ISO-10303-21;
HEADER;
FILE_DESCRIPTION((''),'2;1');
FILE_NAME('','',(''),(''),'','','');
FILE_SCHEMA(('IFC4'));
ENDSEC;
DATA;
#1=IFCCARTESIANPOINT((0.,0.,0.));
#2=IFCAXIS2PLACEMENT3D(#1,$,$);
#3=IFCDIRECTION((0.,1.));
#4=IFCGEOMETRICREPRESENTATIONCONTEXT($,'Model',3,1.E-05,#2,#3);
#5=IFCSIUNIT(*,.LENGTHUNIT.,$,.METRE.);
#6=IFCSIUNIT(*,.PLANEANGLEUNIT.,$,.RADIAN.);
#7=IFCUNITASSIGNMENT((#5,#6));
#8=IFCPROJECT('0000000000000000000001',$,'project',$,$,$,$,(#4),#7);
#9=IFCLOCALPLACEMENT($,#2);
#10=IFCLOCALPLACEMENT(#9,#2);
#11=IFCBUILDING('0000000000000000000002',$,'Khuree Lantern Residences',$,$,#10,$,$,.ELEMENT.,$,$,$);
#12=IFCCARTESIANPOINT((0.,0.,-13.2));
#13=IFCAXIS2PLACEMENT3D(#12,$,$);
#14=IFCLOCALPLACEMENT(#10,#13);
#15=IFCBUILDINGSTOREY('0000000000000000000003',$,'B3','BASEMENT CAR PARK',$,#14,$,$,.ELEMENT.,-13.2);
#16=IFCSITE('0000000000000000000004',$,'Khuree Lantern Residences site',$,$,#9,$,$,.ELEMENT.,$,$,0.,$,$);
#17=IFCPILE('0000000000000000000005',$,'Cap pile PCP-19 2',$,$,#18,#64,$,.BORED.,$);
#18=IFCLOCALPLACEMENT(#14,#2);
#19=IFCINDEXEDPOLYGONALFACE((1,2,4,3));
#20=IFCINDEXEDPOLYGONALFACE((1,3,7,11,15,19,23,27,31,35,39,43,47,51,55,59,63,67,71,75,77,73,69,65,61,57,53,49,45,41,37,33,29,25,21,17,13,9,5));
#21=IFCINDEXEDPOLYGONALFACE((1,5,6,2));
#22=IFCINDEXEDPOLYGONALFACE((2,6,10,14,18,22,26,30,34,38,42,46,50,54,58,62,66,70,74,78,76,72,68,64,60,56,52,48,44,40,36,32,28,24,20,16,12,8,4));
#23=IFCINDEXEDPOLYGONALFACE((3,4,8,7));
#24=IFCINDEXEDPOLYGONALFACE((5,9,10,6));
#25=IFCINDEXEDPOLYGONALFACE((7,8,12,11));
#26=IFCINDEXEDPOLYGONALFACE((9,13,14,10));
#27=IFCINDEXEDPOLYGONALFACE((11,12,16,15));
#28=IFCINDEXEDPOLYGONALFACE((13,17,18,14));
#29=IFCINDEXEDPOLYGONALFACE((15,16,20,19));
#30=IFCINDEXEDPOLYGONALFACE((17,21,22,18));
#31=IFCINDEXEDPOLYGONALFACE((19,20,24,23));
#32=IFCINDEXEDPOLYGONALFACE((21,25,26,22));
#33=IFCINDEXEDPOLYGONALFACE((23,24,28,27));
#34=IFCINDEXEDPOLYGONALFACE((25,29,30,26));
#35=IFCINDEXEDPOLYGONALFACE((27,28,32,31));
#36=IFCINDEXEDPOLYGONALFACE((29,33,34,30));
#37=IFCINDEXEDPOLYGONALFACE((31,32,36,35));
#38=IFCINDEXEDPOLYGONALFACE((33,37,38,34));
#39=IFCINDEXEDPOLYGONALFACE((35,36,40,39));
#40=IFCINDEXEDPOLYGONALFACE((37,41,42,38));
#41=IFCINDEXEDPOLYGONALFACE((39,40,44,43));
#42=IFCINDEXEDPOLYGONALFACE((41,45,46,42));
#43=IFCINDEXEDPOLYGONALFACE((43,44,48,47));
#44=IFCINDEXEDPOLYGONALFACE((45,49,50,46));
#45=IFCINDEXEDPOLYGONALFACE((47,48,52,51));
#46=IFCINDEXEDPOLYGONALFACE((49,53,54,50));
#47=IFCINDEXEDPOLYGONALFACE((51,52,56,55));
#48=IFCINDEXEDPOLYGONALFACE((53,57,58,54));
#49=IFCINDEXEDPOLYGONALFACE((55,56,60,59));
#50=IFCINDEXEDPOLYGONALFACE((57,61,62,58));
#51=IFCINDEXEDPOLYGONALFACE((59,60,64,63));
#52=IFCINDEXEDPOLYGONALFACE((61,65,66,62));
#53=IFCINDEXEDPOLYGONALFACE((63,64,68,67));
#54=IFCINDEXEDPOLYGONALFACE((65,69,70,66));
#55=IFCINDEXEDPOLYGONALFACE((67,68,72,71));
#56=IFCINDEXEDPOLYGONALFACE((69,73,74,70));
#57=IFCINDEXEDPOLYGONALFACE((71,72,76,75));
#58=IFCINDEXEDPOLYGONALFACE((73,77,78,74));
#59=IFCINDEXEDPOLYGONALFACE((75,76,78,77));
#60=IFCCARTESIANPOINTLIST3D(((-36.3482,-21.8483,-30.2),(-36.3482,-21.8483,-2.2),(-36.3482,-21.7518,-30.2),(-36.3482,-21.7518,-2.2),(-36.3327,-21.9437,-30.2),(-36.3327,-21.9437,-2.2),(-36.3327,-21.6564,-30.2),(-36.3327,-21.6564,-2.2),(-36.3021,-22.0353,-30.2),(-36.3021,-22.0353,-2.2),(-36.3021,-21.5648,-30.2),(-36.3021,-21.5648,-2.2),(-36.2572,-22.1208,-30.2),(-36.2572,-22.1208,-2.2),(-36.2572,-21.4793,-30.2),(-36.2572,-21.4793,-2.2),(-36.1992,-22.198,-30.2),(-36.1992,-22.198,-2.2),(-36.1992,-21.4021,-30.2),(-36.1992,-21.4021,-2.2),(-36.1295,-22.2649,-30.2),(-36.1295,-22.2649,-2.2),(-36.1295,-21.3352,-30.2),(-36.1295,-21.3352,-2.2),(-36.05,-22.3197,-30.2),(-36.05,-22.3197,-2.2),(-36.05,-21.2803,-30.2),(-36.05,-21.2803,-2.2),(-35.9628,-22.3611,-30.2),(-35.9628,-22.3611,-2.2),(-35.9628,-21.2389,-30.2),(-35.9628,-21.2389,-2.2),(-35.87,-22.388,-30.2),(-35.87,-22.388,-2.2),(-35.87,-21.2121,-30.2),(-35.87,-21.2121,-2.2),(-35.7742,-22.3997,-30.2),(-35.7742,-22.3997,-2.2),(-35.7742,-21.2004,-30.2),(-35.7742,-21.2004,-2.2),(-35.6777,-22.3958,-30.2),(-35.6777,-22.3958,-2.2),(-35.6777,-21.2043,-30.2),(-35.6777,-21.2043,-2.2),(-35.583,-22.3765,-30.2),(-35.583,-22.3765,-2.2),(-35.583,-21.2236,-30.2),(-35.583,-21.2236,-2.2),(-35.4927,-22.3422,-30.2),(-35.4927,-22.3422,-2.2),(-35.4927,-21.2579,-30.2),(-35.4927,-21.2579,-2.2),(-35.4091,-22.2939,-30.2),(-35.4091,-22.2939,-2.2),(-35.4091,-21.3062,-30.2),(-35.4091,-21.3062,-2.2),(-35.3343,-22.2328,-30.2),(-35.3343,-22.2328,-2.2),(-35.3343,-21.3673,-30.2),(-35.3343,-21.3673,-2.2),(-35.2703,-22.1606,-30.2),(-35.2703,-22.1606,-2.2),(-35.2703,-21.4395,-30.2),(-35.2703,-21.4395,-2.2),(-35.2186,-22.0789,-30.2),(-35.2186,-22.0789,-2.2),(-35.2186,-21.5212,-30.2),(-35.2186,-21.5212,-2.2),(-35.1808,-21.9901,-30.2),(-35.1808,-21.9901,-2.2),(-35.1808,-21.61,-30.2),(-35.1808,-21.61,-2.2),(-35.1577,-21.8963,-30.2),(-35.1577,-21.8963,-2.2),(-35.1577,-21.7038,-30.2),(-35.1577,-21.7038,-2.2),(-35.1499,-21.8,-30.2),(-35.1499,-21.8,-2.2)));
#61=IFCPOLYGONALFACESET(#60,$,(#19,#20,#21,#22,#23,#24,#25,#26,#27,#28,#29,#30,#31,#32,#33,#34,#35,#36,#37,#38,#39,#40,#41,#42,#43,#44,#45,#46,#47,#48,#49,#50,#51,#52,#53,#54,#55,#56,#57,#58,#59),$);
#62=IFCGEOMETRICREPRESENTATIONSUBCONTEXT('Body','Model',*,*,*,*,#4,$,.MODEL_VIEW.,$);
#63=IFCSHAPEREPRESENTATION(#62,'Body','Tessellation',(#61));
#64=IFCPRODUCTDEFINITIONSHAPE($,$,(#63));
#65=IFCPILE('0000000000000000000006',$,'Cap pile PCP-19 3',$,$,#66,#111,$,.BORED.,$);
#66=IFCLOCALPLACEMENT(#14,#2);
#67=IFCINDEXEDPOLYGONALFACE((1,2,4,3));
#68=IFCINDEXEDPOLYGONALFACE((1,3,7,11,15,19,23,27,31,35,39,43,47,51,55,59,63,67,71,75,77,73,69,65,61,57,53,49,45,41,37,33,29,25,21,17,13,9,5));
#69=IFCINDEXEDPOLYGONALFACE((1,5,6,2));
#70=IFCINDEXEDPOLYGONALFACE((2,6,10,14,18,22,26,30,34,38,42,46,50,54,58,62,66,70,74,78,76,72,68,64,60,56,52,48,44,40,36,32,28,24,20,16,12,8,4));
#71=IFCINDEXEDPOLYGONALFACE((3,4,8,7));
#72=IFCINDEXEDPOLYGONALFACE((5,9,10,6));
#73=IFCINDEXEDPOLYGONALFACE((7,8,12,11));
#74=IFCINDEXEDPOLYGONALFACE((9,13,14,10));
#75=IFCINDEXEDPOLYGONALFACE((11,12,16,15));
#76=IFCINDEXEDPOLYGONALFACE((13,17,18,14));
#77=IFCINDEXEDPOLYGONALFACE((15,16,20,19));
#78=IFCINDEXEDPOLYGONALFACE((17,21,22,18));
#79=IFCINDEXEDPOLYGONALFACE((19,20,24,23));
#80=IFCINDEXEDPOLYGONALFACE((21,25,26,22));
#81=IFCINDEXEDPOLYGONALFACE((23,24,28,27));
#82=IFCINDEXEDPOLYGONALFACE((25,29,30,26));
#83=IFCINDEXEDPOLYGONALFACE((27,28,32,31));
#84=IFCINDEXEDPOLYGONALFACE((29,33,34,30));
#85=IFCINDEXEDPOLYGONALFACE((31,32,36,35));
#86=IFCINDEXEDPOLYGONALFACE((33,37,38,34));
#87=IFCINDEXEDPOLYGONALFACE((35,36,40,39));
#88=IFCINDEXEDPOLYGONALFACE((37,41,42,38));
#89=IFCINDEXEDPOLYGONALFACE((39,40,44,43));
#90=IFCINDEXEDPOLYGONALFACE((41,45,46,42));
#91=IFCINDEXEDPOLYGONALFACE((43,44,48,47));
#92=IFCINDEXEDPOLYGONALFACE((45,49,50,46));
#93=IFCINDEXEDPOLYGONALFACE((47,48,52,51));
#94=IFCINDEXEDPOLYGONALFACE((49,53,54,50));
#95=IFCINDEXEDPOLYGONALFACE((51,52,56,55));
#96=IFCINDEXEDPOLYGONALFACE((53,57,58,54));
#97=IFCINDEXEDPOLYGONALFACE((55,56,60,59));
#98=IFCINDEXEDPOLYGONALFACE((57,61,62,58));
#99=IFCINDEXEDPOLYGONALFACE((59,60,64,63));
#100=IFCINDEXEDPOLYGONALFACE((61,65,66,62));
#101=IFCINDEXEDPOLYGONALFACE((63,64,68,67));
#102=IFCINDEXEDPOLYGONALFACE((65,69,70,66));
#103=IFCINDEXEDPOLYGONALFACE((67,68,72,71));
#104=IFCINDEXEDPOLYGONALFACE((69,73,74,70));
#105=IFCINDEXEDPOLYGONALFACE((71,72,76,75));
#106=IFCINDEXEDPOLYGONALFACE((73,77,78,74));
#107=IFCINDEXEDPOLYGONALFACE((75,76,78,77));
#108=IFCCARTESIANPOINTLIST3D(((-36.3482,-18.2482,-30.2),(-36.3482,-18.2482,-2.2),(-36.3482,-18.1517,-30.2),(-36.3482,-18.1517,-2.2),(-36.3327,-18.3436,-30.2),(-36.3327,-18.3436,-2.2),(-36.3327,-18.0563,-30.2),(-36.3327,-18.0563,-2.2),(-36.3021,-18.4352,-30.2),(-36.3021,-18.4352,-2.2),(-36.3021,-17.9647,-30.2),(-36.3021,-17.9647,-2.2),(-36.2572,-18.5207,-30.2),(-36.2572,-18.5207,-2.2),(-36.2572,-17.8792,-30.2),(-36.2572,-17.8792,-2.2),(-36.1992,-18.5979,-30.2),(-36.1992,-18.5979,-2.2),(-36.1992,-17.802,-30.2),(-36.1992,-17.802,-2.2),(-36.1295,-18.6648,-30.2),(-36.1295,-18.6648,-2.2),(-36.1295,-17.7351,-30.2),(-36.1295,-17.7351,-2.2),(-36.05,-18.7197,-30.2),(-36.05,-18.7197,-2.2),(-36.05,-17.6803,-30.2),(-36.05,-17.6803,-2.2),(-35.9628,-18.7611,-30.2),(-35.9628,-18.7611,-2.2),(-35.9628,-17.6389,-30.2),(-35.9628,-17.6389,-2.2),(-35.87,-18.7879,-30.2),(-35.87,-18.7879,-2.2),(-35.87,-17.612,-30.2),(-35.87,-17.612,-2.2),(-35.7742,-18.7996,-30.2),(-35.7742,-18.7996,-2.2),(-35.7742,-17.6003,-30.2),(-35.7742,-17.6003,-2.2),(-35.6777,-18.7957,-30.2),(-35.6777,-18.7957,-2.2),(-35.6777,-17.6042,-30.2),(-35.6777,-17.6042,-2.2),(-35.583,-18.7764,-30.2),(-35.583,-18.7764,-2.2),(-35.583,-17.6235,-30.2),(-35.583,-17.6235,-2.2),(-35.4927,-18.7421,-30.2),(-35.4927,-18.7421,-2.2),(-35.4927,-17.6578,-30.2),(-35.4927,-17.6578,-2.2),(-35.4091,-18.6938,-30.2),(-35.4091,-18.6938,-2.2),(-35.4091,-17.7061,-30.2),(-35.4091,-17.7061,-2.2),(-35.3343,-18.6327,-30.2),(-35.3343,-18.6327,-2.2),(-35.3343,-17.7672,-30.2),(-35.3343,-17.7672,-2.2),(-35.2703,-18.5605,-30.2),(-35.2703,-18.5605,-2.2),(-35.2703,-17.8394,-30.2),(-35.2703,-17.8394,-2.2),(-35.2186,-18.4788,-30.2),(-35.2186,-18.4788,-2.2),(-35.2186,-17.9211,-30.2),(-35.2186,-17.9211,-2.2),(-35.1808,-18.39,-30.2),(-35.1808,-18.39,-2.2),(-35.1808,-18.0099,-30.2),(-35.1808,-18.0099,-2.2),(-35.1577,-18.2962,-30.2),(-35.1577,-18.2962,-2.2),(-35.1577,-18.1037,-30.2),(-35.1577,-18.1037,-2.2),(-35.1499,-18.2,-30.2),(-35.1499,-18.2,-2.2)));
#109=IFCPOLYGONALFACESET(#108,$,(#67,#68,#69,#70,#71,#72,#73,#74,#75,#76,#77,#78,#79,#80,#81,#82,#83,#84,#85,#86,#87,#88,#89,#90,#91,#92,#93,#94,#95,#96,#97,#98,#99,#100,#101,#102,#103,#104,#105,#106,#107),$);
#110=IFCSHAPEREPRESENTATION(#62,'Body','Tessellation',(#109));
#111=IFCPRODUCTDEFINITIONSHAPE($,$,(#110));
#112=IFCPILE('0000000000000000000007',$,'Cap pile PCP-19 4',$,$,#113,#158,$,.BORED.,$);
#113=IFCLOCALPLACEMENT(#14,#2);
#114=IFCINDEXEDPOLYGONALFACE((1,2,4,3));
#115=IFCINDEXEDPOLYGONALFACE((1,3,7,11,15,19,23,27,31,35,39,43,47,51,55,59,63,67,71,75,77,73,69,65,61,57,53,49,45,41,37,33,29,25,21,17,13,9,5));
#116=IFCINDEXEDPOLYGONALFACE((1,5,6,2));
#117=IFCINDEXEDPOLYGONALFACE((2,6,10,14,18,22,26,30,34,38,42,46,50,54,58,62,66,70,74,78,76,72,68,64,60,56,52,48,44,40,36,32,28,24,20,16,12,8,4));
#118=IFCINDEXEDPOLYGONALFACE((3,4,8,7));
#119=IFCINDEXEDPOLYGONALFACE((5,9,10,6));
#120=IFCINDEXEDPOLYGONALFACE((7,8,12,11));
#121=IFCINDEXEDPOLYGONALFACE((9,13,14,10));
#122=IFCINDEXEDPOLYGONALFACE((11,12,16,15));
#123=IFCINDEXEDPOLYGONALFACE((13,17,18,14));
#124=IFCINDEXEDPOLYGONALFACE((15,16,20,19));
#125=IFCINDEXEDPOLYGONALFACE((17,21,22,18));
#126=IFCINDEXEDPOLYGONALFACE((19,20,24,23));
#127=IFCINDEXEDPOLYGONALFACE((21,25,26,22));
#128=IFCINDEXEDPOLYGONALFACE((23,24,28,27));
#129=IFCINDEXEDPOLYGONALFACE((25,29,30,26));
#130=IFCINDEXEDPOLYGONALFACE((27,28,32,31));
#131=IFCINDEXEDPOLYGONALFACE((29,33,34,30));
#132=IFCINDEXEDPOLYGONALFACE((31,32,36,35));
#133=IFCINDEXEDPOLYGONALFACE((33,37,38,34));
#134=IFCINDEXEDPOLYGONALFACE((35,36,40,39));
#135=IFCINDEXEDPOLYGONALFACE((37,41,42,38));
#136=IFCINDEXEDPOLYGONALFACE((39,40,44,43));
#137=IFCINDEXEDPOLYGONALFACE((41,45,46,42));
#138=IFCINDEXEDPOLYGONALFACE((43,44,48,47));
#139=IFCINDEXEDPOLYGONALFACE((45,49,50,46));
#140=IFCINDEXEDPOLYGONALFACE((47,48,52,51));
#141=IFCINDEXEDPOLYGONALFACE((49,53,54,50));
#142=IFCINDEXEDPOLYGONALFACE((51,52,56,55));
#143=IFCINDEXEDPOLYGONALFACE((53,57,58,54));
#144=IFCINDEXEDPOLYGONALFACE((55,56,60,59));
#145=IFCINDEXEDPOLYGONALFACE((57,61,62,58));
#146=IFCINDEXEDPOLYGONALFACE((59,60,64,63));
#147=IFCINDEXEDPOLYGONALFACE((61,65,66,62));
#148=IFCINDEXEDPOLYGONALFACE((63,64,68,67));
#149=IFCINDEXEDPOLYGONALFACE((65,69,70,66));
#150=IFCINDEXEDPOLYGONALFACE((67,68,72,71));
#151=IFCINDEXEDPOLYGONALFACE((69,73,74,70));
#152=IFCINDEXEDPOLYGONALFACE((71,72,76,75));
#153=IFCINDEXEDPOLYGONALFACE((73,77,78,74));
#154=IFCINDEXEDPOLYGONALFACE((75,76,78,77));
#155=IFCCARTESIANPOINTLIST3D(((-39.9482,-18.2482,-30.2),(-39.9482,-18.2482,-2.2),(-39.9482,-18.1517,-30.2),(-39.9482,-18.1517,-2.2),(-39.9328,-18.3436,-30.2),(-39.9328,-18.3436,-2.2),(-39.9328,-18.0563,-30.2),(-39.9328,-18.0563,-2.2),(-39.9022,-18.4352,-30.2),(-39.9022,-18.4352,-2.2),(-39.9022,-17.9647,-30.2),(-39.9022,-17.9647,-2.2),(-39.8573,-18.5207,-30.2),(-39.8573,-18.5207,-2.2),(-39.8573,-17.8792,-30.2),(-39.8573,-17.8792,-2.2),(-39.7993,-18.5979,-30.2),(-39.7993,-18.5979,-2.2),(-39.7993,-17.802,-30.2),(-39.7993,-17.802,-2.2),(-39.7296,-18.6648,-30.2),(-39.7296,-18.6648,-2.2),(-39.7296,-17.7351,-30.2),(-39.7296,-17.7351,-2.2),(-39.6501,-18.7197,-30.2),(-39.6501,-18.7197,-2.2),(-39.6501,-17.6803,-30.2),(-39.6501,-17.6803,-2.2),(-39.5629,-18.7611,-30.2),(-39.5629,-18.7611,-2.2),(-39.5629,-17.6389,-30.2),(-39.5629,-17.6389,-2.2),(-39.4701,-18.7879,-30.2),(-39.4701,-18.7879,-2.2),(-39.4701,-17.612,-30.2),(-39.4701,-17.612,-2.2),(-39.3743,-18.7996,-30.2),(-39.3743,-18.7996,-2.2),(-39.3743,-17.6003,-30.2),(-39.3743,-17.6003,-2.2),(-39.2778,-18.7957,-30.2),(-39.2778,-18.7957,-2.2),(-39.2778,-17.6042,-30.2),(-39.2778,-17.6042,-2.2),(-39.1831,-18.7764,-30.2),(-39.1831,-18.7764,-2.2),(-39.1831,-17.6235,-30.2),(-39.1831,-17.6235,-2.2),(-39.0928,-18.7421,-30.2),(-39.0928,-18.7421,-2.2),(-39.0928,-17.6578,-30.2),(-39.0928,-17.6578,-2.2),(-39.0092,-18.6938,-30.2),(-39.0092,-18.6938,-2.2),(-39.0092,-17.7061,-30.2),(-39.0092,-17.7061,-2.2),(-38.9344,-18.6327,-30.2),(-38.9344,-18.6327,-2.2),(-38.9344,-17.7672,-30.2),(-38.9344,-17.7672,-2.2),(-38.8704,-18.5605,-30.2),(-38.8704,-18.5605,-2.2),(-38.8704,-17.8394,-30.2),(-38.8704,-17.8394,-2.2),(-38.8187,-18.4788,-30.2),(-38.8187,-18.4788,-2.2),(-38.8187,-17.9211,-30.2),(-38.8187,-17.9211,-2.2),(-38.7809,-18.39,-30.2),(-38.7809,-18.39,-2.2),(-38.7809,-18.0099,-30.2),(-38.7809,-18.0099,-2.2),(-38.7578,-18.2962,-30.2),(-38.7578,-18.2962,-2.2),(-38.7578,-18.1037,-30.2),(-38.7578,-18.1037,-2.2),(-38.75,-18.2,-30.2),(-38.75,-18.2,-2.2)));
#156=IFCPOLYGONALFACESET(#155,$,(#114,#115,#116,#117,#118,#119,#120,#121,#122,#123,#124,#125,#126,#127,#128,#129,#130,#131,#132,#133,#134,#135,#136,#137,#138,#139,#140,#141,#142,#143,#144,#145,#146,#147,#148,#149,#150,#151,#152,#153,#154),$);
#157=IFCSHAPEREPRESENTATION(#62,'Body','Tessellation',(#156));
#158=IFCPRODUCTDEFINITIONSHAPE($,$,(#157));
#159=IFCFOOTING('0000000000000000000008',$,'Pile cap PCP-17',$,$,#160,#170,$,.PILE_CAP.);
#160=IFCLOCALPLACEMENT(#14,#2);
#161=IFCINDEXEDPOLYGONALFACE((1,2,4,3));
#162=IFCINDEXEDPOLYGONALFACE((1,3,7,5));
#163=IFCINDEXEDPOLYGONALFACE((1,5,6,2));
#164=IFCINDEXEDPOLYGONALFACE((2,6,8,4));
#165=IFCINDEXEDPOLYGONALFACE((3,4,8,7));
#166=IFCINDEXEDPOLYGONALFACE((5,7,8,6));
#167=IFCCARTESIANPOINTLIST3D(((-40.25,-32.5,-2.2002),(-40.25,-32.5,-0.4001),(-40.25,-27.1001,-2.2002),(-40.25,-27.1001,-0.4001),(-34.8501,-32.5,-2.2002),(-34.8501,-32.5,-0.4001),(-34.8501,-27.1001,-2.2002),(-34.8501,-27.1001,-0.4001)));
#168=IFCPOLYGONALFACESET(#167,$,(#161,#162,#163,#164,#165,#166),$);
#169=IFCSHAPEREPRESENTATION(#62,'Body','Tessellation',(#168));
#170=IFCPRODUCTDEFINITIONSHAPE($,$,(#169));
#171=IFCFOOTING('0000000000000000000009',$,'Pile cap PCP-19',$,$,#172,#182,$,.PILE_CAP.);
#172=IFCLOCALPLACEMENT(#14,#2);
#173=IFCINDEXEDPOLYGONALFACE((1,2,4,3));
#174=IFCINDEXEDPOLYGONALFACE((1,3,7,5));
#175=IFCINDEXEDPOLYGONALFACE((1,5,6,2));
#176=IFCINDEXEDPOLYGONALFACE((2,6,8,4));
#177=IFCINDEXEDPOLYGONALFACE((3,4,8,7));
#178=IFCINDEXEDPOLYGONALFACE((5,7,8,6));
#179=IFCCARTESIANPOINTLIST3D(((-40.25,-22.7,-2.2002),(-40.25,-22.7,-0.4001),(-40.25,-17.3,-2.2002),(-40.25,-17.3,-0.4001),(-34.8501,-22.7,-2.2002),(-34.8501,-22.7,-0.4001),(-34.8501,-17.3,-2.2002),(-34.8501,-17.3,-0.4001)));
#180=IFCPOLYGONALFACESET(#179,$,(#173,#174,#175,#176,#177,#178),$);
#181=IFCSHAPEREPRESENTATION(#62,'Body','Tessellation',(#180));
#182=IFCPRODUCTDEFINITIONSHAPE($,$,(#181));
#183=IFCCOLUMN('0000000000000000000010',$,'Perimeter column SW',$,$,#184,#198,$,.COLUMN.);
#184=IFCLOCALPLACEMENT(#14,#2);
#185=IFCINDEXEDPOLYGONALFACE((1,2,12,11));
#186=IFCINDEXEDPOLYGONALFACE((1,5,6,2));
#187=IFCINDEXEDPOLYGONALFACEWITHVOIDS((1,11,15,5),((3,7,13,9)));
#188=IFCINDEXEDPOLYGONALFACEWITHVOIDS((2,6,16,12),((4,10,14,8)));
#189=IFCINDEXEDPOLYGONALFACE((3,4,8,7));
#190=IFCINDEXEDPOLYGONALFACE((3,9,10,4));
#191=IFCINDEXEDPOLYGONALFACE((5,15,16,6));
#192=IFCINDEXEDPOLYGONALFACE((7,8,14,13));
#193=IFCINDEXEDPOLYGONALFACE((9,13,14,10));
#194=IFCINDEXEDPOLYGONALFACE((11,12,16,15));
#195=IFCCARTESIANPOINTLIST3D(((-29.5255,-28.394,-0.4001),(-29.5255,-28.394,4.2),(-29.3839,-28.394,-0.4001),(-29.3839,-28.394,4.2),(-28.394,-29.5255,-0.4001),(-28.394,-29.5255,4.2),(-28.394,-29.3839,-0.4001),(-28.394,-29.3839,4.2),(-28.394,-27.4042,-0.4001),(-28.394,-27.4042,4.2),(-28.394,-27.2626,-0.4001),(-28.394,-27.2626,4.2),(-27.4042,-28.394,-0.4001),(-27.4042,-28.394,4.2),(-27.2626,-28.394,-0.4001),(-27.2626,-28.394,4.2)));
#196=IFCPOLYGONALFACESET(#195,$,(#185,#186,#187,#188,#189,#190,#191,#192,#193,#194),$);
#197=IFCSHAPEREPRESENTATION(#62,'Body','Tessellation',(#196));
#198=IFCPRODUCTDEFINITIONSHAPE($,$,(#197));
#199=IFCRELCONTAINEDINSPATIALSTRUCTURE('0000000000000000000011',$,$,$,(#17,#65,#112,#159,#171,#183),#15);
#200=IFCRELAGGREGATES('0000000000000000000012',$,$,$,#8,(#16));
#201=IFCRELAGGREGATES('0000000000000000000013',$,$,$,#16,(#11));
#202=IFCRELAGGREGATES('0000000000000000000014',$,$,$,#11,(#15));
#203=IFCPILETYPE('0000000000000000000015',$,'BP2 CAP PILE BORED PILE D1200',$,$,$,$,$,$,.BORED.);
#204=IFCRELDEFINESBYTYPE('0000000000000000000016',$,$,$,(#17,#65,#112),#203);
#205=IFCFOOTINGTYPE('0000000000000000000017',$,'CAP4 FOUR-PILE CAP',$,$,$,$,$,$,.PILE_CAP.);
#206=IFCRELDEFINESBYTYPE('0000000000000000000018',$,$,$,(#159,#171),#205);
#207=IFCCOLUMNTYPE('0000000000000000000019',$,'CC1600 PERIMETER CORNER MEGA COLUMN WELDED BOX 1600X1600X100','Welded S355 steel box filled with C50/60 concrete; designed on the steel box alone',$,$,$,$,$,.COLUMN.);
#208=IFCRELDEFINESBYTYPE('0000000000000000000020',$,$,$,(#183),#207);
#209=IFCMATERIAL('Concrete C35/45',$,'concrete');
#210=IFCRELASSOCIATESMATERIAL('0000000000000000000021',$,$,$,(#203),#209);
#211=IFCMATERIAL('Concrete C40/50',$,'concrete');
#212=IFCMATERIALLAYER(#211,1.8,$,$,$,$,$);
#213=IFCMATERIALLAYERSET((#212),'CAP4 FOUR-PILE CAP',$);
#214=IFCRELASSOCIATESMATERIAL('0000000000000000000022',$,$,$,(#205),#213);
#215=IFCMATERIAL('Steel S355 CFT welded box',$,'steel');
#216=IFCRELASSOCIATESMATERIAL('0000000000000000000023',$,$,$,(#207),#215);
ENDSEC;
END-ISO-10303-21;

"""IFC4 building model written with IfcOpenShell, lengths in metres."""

from ifc_helpers import new_model, si_unit, direction, frame, origin, origin_2d, place, context, subcontext, project, spatial, rectangle, hollow_rectangle, circle, extrude, material, layer, layer_set, material_profile, profile_set, type_object, element, save


model = new_model("IFC4")

# Units and contexts
model_context = context("Model", 3, precision=1e-05, world=origin(), true_north=direction((0.0, 1.0)))
body_context = subcontext(model_context, "Body", "Model", "MODEL_VIEW")
ifc_project = project(units=[si_unit("LENGTHUNIT", "METRE"), si_unit("PLANEANGLEUNIT", "RADIAN")], contexts=[model_context])

# Site, building, storey
site_placement = place(None, origin())
site = spatial("IfcSite", under=ifc_project, at=site_placement, Name="Khuree Lantern Residences site", CompositionType="ELEMENT", RefElevation=0.0)
building_placement = place(site_placement, origin())
building = spatial("IfcBuilding", under=site, at=building_placement, Name="Khuree Lantern Residences", CompositionType="ELEMENT")
storey_placement = place(building_placement, frame((0.0, 0.0, -13.2)))
storey = spatial("IfcBuildingStorey", under=building, at=storey_placement, Name="B3", Description="BASEMENT CAR PARK", CompositionType="ELEMENT", Elevation=-13.2)

# Piles
ifc_material_1 = material(Name="Concrete C35/45", Category="concrete")
ifc_material_profile_1 = material_profile(ifc_material_1, circle(Radius=0.6001, at=origin_2d()), Name="BORED PILE D1200")
ifc_profile_set_1 = profile_set([ifc_material_profile_1], Name="Concrete C35/45")
pile_type_1 = type_object("IfcPileType", Name="BP2 CAP PILE BORED PILE D1200", PredefinedType="BORED", material=ifc_profile_set_1)
for number, where, z_axis, x_axis, name in (
    (1, (-35.75, -21.8, -2.2), (0.0, 0.0, -1.0), (1.0, 0.0, 0.0), "Cap pile PCP-19 2"),
    (2, (-35.75, -18.2, -2.2), (0.0, 0.0, -1.0), (1.0, 0.0, 0.0), "Cap pile PCP-19 3"),
    (3, (-39.3501, -18.2, -2.2), (0.0, 0.0, -1.0), (1.0, 0.0, 0.0), "Cap pile PCP-19 4"),
):
    element("IfcPile", number, at=place(storey_placement, frame(where, z_axis=z_axis, x_axis=x_axis)), inside=storey, type_object=pile_type_1, Name=name, PredefinedType="BORED", context=body_context, shape_type="SweptSolid", body=[
        extrude(circle(Radius=0.6001, at=origin_2d()), origin(), (0.0, 0.0, 1.0), 28.0),
    ])

# Footings
ifc_material_2 = material(Name="Concrete C40/50", Category="concrete")
ifc_layer = layer(ifc_material_2, 1.8)
ifc_layer_set = layer_set([ifc_layer], Name="CAP4 FOUR-PILE CAP")
footing_type = type_object("IfcFootingType", Name="CAP4 FOUR-PILE CAP", PredefinedType="PILE_CAP", material=ifc_layer_set)
for number, where, z_axis, x_axis, name in (
    (4, (-37.55, -29.8, -2.2002), (0.0, 0.0, 1.0), (1.0, 0.0, 0.0), "Pile cap PCP-17"),
    (5, (-37.55, -20.0, -2.2002), (0.0, 0.0, 1.0), (1.0, 0.0, 0.0), "Pile cap PCP-19"),
):
    element("IfcFooting", number, at=place(storey_placement, frame(where, z_axis=z_axis, x_axis=x_axis)), inside=storey, type_object=footing_type, Name=name, PredefinedType="PILE_CAP", context=body_context, shape_type="SweptSolid", body=[
        extrude(rectangle(XDim=5.3999, YDim=5.3999, at=origin_2d()), origin(), (0.0, 0.0, 1.0), 1.8),
    ])

# Column
ifc_material_3 = material(Name="Steel S355 CFT welded box", Category="steel")
ifc_material_profile_2 = material_profile(ifc_material_3, hollow_rectangle(XDim=1.6001, YDim=1.6001, WallThickness=0.1001, at=origin_2d()), Name="WELDED BOX 1600X1600X100")
ifc_profile_set_2 = profile_set([ifc_material_profile_2], Name="Steel S355 CFT welded box")
column_type_1 = type_object("IfcColumnType", Name="CC1600 PERIMETER CORNER MEGA COLUMN WELDED BOX 1600X1600X100", Description="Welded S355 steel box filled with C50/60 concrete; designed on the steel box alone", PredefinedType="COLUMN", material=ifc_profile_set_2)
column_1_placement = place(storey_placement, frame((-28.394, -28.394, -0.4001), z_axis=(0.0, 0.0, 1.0), x_axis=(0.707107, -0.707107, 0.0)))
element("IfcColumn", 6, at=column_1_placement, inside=storey, type_object=column_type_1, Name="Perimeter column SW", PredefinedType="COLUMN", context=body_context, shape_type="SweptSolid", body=[
    extrude(hollow_rectangle(XDim=1.6001, YDim=1.6001, WallThickness=0.1001, at=origin_2d()), origin(), (0.0, 0.0, 1.0), 4.6001),
])

save(model, "model.ifc")
